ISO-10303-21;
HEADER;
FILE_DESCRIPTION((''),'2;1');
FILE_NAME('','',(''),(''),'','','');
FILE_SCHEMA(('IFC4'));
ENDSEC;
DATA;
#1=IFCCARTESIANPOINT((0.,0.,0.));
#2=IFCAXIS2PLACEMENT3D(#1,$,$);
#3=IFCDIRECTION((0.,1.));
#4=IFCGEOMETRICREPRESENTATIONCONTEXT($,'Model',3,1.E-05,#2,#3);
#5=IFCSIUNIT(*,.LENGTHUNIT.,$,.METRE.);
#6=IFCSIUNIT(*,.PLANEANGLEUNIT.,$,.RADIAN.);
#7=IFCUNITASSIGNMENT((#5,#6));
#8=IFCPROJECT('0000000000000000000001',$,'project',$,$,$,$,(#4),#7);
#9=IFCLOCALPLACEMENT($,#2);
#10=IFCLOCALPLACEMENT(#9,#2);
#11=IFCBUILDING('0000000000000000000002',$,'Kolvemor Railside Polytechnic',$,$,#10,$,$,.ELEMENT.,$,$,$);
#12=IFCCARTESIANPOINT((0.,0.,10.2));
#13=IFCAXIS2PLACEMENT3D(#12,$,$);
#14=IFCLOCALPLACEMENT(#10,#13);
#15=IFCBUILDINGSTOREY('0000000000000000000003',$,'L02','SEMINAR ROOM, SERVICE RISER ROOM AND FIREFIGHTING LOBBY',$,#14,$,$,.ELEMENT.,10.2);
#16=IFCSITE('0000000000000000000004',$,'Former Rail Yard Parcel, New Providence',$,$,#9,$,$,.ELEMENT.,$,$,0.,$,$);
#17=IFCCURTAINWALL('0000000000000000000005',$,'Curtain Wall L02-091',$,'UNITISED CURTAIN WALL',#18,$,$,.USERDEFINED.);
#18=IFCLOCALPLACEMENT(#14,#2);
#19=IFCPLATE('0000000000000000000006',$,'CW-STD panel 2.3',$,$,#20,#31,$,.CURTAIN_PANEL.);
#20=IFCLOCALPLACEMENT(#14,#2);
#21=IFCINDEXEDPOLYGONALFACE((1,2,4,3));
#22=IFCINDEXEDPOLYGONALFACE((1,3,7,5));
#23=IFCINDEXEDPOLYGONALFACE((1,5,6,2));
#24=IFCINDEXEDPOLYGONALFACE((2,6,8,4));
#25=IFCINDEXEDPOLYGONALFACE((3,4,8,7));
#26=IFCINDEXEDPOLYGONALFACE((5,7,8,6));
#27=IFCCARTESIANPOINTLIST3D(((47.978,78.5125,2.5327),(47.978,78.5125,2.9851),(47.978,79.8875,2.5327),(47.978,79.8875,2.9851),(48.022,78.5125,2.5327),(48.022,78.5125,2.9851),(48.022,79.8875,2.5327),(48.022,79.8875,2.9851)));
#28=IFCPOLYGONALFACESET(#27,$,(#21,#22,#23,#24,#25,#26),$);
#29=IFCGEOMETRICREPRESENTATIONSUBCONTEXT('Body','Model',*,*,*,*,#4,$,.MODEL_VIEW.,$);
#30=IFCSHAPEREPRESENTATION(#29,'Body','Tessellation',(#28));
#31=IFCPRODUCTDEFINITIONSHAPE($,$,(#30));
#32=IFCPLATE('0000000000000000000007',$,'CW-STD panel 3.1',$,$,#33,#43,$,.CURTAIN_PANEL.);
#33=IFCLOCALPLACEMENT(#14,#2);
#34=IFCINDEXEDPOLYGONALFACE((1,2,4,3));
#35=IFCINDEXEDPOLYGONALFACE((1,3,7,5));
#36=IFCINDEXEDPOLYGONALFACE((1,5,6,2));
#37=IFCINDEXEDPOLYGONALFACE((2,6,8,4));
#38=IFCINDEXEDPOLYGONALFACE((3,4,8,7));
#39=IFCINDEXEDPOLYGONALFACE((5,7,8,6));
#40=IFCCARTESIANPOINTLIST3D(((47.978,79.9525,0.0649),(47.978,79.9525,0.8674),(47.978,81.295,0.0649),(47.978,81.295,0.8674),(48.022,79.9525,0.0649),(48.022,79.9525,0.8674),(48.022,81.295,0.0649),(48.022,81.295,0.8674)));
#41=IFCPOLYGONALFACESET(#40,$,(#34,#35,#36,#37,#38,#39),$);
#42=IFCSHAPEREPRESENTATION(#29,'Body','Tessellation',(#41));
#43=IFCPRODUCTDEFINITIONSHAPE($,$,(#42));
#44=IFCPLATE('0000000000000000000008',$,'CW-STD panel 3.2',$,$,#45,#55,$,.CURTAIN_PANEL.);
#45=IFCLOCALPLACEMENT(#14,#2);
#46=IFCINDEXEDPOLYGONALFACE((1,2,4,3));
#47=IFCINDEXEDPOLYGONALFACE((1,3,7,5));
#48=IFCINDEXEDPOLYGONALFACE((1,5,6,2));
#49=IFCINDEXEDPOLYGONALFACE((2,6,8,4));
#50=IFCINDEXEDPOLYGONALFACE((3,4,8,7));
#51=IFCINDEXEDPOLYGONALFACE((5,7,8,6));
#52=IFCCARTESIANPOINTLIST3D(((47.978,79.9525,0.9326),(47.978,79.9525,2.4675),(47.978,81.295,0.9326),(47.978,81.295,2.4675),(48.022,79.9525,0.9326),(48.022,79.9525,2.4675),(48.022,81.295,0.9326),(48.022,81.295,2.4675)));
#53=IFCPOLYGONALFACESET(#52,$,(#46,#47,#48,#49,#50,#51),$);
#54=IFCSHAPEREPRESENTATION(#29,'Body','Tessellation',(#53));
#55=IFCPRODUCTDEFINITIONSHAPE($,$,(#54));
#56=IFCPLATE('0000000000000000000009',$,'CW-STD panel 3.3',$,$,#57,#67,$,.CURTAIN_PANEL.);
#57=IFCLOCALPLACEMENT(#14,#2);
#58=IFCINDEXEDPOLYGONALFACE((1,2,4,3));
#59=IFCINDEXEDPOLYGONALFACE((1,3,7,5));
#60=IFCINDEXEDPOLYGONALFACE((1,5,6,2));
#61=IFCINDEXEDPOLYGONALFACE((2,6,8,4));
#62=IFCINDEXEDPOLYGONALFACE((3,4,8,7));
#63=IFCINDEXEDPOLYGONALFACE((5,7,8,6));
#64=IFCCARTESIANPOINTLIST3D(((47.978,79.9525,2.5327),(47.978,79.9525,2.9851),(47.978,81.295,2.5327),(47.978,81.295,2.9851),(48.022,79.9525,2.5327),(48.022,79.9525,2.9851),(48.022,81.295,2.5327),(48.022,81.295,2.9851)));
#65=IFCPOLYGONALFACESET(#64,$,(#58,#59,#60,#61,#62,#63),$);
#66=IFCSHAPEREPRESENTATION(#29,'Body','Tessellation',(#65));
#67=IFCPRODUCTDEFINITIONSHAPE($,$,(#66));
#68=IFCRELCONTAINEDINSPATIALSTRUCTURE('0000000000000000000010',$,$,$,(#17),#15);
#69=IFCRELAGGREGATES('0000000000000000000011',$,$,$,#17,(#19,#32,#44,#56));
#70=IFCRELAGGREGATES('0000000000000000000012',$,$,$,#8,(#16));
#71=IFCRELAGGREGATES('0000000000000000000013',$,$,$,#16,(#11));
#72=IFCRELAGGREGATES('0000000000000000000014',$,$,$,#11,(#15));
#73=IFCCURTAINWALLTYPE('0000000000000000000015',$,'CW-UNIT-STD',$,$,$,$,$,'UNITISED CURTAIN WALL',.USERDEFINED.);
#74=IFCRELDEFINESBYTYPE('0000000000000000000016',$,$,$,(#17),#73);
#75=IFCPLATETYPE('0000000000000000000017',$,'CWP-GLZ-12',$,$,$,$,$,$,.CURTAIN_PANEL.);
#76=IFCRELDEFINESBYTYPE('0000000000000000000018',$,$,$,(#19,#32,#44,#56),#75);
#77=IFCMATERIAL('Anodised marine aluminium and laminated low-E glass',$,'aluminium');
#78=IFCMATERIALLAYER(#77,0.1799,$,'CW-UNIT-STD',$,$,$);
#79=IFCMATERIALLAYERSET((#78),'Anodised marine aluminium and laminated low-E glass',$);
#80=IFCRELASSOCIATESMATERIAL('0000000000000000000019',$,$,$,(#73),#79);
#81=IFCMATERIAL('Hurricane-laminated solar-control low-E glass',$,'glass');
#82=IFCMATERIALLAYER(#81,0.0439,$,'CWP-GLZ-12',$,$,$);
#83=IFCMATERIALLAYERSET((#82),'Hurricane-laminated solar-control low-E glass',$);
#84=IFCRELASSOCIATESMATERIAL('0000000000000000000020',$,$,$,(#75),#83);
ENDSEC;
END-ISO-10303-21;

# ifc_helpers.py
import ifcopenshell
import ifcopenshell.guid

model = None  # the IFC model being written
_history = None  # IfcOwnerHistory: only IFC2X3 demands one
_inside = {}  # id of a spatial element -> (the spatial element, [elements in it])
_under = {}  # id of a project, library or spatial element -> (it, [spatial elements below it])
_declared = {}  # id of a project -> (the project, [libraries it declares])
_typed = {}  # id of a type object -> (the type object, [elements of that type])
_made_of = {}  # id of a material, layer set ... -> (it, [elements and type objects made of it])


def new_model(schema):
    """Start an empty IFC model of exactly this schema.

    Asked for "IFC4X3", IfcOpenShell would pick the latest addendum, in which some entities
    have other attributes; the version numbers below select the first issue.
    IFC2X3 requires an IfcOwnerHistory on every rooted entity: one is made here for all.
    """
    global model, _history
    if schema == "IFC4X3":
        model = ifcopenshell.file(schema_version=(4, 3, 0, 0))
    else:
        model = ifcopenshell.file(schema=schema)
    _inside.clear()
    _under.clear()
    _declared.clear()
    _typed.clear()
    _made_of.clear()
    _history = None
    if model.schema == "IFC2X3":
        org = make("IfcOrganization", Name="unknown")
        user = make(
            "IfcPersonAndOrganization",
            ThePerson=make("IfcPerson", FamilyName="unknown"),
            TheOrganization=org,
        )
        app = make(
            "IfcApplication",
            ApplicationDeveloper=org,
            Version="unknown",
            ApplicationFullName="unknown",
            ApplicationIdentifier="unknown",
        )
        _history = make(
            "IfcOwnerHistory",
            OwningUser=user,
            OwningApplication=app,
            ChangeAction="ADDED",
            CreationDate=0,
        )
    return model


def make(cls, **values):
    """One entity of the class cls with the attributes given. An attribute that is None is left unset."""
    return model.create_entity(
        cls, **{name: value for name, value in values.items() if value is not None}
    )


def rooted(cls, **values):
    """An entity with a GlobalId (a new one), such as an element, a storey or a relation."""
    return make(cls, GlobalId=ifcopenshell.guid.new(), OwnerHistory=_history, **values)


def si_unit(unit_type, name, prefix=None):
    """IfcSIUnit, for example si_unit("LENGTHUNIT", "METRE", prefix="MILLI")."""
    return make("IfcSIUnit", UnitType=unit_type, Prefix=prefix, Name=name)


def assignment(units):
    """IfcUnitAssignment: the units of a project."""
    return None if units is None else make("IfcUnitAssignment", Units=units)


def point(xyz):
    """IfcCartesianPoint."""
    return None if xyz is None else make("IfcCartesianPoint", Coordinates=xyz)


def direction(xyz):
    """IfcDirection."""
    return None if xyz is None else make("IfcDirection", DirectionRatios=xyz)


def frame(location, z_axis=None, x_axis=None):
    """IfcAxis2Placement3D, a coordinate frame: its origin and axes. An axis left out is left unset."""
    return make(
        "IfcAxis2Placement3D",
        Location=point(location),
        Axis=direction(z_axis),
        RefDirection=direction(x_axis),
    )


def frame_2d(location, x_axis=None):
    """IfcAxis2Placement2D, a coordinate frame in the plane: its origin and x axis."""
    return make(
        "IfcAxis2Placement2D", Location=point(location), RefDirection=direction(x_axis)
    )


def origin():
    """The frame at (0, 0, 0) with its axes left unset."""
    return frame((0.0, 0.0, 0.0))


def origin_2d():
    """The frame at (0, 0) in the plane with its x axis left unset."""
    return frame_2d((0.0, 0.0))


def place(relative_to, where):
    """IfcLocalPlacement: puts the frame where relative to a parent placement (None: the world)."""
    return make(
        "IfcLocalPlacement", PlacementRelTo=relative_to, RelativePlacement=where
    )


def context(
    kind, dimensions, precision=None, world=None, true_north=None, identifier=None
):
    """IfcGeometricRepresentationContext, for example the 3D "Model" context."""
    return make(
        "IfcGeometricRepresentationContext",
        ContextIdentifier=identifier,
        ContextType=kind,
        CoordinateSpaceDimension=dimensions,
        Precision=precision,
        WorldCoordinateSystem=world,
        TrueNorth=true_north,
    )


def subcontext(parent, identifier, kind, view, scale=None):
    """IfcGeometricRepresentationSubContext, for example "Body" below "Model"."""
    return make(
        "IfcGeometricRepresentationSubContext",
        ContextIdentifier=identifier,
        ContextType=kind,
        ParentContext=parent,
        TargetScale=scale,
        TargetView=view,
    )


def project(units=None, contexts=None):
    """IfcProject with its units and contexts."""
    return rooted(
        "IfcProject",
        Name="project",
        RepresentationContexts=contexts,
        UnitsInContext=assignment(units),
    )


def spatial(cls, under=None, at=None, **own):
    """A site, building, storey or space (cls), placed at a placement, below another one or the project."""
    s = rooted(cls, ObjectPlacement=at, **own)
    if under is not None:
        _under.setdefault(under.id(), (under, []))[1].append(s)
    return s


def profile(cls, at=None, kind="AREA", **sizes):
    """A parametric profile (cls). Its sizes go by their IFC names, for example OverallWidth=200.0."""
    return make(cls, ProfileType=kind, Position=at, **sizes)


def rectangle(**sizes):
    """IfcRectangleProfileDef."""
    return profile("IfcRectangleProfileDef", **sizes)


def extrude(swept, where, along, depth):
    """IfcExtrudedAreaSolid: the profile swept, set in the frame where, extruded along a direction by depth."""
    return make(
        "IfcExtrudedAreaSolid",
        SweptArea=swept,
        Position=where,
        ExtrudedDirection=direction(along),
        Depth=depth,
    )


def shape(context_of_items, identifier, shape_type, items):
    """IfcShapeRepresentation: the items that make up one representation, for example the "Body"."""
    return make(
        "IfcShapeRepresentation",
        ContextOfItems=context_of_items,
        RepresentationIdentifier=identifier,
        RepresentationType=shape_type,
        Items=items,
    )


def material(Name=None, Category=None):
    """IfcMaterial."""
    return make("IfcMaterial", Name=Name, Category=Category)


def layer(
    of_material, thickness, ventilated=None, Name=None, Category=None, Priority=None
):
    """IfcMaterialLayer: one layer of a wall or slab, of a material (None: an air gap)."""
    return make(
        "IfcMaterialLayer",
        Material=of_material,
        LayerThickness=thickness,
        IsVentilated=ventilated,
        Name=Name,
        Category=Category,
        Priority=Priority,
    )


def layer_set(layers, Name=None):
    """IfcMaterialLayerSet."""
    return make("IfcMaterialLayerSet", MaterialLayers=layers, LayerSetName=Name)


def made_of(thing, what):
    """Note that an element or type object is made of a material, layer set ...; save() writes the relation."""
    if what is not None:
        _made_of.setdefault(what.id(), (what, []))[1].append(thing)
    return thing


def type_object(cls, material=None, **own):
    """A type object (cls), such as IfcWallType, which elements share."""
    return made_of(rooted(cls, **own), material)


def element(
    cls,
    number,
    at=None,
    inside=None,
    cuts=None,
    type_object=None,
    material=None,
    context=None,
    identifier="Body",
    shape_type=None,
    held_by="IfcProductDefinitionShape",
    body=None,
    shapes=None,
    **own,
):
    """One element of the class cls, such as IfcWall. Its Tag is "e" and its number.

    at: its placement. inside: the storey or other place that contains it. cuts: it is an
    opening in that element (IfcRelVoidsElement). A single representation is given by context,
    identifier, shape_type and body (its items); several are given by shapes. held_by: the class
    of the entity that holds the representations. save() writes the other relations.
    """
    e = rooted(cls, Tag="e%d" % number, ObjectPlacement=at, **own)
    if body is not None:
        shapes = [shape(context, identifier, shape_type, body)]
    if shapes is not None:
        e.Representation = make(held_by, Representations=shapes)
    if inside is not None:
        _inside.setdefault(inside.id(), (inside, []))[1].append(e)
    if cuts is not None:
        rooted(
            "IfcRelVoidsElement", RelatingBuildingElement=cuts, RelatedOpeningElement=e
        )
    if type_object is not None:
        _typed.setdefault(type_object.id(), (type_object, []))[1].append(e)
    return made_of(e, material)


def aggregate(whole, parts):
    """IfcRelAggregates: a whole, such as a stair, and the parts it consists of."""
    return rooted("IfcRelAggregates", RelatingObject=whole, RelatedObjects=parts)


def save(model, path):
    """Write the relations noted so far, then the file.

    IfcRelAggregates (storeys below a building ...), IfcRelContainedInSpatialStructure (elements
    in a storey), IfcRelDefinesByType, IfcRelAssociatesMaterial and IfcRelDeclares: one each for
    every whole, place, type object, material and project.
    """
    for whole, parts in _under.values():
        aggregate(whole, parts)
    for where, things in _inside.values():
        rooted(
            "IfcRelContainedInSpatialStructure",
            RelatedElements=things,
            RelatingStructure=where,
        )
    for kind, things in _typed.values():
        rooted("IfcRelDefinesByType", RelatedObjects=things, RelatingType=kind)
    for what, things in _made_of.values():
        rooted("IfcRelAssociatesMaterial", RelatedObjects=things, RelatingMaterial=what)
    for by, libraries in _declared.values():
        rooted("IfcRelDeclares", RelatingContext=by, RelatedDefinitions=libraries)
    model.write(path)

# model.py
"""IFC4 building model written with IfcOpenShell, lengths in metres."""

from ifc_helpers import new_model, si_unit, direction, frame, origin, origin_2d, place, context, subcontext, project, spatial, rectangle, extrude, material, layer, layer_set, type_object, element, aggregate, save


model = new_model("IFC4")

# Units and contexts
model_context = context("Model", 3, precision=1e-05, world=origin(), true_north=direction((0.0, 1.0)))
body_context = subcontext(model_context, "Body", "Model", "MODEL_VIEW")
ifc_project = project(units=[si_unit("LENGTHUNIT", "METRE"), si_unit("PLANEANGLEUNIT", "RADIAN")], contexts=[model_context])

# Site, building, storey
site_placement = place(None, origin())
site = spatial("IfcSite", under=ifc_project, at=site_placement, Name="Former Rail Yard Parcel, New Providence", CompositionType="ELEMENT", RefElevation=0.0)
building_placement = place(site_placement, origin())
building = spatial("IfcBuilding", under=site, at=building_placement, Name="Kolvemor Railside Polytechnic", CompositionType="ELEMENT")
storey_placement = place(building_placement, frame((0.0, 0.0, 10.2)))
storey = spatial("IfcBuildingStorey", under=building, at=storey_placement, Name="L02", Description="SEMINAR ROOM, SERVICE RISER ROOM AND FIREFIGHTING LOBBY", CompositionType="ELEMENT", Elevation=10.2)

# Shared definitions
ifc_material_1 = material(Name="Anodised marine aluminium and laminated low-E glass", Category="aluminium")
ifc_layer_1 = layer(ifc_material_1, 0.1799, Name="CW-UNIT-STD")
ifc_layer_set_1 = layer_set([ifc_layer_1], Name="Anodised marine aluminium and laminated low-E glass")
curtain_wall_type = type_object("IfcCurtainWallType", Name="CW-UNIT-STD", ElementType="UNITISED CURTAIN WALL", PredefinedType="USERDEFINED", material=ifc_layer_set_1)

# Curtain wall
curtain_wall_1_placement = place(storey_placement, origin())
curtain_wall_1 = element("IfcCurtainWall", 1, at=curtain_wall_1_placement, inside=storey, type_object=curtain_wall_type, Name="Curtain Wall L02-091", ObjectType="UNITISED CURTAIN WALL", PredefinedType="USERDEFINED")

# Plates
ifc_material_2 = material(Name="Hurricane-laminated solar-control low-E glass", Category="glass")
ifc_layer_2 = layer(ifc_material_2, 0.0439, Name="CWP-GLZ-12")
ifc_layer_set_2 = layer_set([ifc_layer_2], Name="Hurricane-laminated solar-control low-E glass")
plate_type_1 = type_object("IfcPlateType", Name="CWP-GLZ-12", PredefinedType="CURTAIN_PANEL", material=ifc_layer_set_2)
plate_1_placement = place(storey_placement, frame((48.0, 79.2, 2.5327), z_axis=(0.0, 0.0, 1.0), x_axis=(0.0, 1.0, 0.0)))
plate_1 = element("IfcPlate", 2, at=plate_1_placement, type_object=plate_type_1, Name="CW-STD panel 2.3", PredefinedType="CURTAIN_PANEL", context=body_context, shape_type="SweptSolid", body=[
    extrude(rectangle(XDim=1.375, YDim=0.0439, at=origin_2d()), origin(), (0.0, 0.0, 1.0), 0.4524),
])
plate_2_placement = place(storey_placement, frame((48.0, 80.6238, 0.0649), z_axis=(0.0, 0.0, 1.0), x_axis=(0.0, 1.0, 0.0)))
plate_2 = element("IfcPlate", 3, at=plate_2_placement, type_object=plate_type_1, Name="CW-STD panel 3.1", PredefinedType="CURTAIN_PANEL", context=body_context, shape_type="SweptSolid", body=[
    extrude(rectangle(XDim=1.3425, YDim=0.0439, at=origin_2d()), origin(), (0.0, 0.0, 1.0), 0.8025),
])
plate_3_placement = place(storey_placement, frame((48.0, 80.6238, 0.9326), z_axis=(0.0, 0.0, 1.0), x_axis=(0.0, 1.0, 0.0)))
plate_3 = element("IfcPlate", 4, at=plate_3_placement, type_object=plate_type_1, Name="CW-STD panel 3.2", PredefinedType="CURTAIN_PANEL", context=body_context, shape_type="SweptSolid", body=[
    extrude(rectangle(XDim=1.3425, YDim=0.0439, at=origin_2d()), origin(), (0.0, 0.0, 1.0), 1.5349),
])
plate_4_placement = place(storey_placement, frame((48.0, 80.6238, 2.5327), z_axis=(0.0, 0.0, 1.0), x_axis=(0.0, 1.0, 0.0)))
plate_4 = element("IfcPlate", 5, at=plate_4_placement, type_object=plate_type_1, Name="CW-STD panel 3.3", PredefinedType="CURTAIN_PANEL", context=body_context, shape_type="SweptSolid", body=[
    extrude(rectangle(XDim=1.3425, YDim=0.0439, at=origin_2d()), origin(), (0.0, 0.0, 1.0), 0.4524),
])
aggregate(curtain_wall_1, [plate_1, plate_2, plate_3, plate_4])

save(model, "model.ifc")
